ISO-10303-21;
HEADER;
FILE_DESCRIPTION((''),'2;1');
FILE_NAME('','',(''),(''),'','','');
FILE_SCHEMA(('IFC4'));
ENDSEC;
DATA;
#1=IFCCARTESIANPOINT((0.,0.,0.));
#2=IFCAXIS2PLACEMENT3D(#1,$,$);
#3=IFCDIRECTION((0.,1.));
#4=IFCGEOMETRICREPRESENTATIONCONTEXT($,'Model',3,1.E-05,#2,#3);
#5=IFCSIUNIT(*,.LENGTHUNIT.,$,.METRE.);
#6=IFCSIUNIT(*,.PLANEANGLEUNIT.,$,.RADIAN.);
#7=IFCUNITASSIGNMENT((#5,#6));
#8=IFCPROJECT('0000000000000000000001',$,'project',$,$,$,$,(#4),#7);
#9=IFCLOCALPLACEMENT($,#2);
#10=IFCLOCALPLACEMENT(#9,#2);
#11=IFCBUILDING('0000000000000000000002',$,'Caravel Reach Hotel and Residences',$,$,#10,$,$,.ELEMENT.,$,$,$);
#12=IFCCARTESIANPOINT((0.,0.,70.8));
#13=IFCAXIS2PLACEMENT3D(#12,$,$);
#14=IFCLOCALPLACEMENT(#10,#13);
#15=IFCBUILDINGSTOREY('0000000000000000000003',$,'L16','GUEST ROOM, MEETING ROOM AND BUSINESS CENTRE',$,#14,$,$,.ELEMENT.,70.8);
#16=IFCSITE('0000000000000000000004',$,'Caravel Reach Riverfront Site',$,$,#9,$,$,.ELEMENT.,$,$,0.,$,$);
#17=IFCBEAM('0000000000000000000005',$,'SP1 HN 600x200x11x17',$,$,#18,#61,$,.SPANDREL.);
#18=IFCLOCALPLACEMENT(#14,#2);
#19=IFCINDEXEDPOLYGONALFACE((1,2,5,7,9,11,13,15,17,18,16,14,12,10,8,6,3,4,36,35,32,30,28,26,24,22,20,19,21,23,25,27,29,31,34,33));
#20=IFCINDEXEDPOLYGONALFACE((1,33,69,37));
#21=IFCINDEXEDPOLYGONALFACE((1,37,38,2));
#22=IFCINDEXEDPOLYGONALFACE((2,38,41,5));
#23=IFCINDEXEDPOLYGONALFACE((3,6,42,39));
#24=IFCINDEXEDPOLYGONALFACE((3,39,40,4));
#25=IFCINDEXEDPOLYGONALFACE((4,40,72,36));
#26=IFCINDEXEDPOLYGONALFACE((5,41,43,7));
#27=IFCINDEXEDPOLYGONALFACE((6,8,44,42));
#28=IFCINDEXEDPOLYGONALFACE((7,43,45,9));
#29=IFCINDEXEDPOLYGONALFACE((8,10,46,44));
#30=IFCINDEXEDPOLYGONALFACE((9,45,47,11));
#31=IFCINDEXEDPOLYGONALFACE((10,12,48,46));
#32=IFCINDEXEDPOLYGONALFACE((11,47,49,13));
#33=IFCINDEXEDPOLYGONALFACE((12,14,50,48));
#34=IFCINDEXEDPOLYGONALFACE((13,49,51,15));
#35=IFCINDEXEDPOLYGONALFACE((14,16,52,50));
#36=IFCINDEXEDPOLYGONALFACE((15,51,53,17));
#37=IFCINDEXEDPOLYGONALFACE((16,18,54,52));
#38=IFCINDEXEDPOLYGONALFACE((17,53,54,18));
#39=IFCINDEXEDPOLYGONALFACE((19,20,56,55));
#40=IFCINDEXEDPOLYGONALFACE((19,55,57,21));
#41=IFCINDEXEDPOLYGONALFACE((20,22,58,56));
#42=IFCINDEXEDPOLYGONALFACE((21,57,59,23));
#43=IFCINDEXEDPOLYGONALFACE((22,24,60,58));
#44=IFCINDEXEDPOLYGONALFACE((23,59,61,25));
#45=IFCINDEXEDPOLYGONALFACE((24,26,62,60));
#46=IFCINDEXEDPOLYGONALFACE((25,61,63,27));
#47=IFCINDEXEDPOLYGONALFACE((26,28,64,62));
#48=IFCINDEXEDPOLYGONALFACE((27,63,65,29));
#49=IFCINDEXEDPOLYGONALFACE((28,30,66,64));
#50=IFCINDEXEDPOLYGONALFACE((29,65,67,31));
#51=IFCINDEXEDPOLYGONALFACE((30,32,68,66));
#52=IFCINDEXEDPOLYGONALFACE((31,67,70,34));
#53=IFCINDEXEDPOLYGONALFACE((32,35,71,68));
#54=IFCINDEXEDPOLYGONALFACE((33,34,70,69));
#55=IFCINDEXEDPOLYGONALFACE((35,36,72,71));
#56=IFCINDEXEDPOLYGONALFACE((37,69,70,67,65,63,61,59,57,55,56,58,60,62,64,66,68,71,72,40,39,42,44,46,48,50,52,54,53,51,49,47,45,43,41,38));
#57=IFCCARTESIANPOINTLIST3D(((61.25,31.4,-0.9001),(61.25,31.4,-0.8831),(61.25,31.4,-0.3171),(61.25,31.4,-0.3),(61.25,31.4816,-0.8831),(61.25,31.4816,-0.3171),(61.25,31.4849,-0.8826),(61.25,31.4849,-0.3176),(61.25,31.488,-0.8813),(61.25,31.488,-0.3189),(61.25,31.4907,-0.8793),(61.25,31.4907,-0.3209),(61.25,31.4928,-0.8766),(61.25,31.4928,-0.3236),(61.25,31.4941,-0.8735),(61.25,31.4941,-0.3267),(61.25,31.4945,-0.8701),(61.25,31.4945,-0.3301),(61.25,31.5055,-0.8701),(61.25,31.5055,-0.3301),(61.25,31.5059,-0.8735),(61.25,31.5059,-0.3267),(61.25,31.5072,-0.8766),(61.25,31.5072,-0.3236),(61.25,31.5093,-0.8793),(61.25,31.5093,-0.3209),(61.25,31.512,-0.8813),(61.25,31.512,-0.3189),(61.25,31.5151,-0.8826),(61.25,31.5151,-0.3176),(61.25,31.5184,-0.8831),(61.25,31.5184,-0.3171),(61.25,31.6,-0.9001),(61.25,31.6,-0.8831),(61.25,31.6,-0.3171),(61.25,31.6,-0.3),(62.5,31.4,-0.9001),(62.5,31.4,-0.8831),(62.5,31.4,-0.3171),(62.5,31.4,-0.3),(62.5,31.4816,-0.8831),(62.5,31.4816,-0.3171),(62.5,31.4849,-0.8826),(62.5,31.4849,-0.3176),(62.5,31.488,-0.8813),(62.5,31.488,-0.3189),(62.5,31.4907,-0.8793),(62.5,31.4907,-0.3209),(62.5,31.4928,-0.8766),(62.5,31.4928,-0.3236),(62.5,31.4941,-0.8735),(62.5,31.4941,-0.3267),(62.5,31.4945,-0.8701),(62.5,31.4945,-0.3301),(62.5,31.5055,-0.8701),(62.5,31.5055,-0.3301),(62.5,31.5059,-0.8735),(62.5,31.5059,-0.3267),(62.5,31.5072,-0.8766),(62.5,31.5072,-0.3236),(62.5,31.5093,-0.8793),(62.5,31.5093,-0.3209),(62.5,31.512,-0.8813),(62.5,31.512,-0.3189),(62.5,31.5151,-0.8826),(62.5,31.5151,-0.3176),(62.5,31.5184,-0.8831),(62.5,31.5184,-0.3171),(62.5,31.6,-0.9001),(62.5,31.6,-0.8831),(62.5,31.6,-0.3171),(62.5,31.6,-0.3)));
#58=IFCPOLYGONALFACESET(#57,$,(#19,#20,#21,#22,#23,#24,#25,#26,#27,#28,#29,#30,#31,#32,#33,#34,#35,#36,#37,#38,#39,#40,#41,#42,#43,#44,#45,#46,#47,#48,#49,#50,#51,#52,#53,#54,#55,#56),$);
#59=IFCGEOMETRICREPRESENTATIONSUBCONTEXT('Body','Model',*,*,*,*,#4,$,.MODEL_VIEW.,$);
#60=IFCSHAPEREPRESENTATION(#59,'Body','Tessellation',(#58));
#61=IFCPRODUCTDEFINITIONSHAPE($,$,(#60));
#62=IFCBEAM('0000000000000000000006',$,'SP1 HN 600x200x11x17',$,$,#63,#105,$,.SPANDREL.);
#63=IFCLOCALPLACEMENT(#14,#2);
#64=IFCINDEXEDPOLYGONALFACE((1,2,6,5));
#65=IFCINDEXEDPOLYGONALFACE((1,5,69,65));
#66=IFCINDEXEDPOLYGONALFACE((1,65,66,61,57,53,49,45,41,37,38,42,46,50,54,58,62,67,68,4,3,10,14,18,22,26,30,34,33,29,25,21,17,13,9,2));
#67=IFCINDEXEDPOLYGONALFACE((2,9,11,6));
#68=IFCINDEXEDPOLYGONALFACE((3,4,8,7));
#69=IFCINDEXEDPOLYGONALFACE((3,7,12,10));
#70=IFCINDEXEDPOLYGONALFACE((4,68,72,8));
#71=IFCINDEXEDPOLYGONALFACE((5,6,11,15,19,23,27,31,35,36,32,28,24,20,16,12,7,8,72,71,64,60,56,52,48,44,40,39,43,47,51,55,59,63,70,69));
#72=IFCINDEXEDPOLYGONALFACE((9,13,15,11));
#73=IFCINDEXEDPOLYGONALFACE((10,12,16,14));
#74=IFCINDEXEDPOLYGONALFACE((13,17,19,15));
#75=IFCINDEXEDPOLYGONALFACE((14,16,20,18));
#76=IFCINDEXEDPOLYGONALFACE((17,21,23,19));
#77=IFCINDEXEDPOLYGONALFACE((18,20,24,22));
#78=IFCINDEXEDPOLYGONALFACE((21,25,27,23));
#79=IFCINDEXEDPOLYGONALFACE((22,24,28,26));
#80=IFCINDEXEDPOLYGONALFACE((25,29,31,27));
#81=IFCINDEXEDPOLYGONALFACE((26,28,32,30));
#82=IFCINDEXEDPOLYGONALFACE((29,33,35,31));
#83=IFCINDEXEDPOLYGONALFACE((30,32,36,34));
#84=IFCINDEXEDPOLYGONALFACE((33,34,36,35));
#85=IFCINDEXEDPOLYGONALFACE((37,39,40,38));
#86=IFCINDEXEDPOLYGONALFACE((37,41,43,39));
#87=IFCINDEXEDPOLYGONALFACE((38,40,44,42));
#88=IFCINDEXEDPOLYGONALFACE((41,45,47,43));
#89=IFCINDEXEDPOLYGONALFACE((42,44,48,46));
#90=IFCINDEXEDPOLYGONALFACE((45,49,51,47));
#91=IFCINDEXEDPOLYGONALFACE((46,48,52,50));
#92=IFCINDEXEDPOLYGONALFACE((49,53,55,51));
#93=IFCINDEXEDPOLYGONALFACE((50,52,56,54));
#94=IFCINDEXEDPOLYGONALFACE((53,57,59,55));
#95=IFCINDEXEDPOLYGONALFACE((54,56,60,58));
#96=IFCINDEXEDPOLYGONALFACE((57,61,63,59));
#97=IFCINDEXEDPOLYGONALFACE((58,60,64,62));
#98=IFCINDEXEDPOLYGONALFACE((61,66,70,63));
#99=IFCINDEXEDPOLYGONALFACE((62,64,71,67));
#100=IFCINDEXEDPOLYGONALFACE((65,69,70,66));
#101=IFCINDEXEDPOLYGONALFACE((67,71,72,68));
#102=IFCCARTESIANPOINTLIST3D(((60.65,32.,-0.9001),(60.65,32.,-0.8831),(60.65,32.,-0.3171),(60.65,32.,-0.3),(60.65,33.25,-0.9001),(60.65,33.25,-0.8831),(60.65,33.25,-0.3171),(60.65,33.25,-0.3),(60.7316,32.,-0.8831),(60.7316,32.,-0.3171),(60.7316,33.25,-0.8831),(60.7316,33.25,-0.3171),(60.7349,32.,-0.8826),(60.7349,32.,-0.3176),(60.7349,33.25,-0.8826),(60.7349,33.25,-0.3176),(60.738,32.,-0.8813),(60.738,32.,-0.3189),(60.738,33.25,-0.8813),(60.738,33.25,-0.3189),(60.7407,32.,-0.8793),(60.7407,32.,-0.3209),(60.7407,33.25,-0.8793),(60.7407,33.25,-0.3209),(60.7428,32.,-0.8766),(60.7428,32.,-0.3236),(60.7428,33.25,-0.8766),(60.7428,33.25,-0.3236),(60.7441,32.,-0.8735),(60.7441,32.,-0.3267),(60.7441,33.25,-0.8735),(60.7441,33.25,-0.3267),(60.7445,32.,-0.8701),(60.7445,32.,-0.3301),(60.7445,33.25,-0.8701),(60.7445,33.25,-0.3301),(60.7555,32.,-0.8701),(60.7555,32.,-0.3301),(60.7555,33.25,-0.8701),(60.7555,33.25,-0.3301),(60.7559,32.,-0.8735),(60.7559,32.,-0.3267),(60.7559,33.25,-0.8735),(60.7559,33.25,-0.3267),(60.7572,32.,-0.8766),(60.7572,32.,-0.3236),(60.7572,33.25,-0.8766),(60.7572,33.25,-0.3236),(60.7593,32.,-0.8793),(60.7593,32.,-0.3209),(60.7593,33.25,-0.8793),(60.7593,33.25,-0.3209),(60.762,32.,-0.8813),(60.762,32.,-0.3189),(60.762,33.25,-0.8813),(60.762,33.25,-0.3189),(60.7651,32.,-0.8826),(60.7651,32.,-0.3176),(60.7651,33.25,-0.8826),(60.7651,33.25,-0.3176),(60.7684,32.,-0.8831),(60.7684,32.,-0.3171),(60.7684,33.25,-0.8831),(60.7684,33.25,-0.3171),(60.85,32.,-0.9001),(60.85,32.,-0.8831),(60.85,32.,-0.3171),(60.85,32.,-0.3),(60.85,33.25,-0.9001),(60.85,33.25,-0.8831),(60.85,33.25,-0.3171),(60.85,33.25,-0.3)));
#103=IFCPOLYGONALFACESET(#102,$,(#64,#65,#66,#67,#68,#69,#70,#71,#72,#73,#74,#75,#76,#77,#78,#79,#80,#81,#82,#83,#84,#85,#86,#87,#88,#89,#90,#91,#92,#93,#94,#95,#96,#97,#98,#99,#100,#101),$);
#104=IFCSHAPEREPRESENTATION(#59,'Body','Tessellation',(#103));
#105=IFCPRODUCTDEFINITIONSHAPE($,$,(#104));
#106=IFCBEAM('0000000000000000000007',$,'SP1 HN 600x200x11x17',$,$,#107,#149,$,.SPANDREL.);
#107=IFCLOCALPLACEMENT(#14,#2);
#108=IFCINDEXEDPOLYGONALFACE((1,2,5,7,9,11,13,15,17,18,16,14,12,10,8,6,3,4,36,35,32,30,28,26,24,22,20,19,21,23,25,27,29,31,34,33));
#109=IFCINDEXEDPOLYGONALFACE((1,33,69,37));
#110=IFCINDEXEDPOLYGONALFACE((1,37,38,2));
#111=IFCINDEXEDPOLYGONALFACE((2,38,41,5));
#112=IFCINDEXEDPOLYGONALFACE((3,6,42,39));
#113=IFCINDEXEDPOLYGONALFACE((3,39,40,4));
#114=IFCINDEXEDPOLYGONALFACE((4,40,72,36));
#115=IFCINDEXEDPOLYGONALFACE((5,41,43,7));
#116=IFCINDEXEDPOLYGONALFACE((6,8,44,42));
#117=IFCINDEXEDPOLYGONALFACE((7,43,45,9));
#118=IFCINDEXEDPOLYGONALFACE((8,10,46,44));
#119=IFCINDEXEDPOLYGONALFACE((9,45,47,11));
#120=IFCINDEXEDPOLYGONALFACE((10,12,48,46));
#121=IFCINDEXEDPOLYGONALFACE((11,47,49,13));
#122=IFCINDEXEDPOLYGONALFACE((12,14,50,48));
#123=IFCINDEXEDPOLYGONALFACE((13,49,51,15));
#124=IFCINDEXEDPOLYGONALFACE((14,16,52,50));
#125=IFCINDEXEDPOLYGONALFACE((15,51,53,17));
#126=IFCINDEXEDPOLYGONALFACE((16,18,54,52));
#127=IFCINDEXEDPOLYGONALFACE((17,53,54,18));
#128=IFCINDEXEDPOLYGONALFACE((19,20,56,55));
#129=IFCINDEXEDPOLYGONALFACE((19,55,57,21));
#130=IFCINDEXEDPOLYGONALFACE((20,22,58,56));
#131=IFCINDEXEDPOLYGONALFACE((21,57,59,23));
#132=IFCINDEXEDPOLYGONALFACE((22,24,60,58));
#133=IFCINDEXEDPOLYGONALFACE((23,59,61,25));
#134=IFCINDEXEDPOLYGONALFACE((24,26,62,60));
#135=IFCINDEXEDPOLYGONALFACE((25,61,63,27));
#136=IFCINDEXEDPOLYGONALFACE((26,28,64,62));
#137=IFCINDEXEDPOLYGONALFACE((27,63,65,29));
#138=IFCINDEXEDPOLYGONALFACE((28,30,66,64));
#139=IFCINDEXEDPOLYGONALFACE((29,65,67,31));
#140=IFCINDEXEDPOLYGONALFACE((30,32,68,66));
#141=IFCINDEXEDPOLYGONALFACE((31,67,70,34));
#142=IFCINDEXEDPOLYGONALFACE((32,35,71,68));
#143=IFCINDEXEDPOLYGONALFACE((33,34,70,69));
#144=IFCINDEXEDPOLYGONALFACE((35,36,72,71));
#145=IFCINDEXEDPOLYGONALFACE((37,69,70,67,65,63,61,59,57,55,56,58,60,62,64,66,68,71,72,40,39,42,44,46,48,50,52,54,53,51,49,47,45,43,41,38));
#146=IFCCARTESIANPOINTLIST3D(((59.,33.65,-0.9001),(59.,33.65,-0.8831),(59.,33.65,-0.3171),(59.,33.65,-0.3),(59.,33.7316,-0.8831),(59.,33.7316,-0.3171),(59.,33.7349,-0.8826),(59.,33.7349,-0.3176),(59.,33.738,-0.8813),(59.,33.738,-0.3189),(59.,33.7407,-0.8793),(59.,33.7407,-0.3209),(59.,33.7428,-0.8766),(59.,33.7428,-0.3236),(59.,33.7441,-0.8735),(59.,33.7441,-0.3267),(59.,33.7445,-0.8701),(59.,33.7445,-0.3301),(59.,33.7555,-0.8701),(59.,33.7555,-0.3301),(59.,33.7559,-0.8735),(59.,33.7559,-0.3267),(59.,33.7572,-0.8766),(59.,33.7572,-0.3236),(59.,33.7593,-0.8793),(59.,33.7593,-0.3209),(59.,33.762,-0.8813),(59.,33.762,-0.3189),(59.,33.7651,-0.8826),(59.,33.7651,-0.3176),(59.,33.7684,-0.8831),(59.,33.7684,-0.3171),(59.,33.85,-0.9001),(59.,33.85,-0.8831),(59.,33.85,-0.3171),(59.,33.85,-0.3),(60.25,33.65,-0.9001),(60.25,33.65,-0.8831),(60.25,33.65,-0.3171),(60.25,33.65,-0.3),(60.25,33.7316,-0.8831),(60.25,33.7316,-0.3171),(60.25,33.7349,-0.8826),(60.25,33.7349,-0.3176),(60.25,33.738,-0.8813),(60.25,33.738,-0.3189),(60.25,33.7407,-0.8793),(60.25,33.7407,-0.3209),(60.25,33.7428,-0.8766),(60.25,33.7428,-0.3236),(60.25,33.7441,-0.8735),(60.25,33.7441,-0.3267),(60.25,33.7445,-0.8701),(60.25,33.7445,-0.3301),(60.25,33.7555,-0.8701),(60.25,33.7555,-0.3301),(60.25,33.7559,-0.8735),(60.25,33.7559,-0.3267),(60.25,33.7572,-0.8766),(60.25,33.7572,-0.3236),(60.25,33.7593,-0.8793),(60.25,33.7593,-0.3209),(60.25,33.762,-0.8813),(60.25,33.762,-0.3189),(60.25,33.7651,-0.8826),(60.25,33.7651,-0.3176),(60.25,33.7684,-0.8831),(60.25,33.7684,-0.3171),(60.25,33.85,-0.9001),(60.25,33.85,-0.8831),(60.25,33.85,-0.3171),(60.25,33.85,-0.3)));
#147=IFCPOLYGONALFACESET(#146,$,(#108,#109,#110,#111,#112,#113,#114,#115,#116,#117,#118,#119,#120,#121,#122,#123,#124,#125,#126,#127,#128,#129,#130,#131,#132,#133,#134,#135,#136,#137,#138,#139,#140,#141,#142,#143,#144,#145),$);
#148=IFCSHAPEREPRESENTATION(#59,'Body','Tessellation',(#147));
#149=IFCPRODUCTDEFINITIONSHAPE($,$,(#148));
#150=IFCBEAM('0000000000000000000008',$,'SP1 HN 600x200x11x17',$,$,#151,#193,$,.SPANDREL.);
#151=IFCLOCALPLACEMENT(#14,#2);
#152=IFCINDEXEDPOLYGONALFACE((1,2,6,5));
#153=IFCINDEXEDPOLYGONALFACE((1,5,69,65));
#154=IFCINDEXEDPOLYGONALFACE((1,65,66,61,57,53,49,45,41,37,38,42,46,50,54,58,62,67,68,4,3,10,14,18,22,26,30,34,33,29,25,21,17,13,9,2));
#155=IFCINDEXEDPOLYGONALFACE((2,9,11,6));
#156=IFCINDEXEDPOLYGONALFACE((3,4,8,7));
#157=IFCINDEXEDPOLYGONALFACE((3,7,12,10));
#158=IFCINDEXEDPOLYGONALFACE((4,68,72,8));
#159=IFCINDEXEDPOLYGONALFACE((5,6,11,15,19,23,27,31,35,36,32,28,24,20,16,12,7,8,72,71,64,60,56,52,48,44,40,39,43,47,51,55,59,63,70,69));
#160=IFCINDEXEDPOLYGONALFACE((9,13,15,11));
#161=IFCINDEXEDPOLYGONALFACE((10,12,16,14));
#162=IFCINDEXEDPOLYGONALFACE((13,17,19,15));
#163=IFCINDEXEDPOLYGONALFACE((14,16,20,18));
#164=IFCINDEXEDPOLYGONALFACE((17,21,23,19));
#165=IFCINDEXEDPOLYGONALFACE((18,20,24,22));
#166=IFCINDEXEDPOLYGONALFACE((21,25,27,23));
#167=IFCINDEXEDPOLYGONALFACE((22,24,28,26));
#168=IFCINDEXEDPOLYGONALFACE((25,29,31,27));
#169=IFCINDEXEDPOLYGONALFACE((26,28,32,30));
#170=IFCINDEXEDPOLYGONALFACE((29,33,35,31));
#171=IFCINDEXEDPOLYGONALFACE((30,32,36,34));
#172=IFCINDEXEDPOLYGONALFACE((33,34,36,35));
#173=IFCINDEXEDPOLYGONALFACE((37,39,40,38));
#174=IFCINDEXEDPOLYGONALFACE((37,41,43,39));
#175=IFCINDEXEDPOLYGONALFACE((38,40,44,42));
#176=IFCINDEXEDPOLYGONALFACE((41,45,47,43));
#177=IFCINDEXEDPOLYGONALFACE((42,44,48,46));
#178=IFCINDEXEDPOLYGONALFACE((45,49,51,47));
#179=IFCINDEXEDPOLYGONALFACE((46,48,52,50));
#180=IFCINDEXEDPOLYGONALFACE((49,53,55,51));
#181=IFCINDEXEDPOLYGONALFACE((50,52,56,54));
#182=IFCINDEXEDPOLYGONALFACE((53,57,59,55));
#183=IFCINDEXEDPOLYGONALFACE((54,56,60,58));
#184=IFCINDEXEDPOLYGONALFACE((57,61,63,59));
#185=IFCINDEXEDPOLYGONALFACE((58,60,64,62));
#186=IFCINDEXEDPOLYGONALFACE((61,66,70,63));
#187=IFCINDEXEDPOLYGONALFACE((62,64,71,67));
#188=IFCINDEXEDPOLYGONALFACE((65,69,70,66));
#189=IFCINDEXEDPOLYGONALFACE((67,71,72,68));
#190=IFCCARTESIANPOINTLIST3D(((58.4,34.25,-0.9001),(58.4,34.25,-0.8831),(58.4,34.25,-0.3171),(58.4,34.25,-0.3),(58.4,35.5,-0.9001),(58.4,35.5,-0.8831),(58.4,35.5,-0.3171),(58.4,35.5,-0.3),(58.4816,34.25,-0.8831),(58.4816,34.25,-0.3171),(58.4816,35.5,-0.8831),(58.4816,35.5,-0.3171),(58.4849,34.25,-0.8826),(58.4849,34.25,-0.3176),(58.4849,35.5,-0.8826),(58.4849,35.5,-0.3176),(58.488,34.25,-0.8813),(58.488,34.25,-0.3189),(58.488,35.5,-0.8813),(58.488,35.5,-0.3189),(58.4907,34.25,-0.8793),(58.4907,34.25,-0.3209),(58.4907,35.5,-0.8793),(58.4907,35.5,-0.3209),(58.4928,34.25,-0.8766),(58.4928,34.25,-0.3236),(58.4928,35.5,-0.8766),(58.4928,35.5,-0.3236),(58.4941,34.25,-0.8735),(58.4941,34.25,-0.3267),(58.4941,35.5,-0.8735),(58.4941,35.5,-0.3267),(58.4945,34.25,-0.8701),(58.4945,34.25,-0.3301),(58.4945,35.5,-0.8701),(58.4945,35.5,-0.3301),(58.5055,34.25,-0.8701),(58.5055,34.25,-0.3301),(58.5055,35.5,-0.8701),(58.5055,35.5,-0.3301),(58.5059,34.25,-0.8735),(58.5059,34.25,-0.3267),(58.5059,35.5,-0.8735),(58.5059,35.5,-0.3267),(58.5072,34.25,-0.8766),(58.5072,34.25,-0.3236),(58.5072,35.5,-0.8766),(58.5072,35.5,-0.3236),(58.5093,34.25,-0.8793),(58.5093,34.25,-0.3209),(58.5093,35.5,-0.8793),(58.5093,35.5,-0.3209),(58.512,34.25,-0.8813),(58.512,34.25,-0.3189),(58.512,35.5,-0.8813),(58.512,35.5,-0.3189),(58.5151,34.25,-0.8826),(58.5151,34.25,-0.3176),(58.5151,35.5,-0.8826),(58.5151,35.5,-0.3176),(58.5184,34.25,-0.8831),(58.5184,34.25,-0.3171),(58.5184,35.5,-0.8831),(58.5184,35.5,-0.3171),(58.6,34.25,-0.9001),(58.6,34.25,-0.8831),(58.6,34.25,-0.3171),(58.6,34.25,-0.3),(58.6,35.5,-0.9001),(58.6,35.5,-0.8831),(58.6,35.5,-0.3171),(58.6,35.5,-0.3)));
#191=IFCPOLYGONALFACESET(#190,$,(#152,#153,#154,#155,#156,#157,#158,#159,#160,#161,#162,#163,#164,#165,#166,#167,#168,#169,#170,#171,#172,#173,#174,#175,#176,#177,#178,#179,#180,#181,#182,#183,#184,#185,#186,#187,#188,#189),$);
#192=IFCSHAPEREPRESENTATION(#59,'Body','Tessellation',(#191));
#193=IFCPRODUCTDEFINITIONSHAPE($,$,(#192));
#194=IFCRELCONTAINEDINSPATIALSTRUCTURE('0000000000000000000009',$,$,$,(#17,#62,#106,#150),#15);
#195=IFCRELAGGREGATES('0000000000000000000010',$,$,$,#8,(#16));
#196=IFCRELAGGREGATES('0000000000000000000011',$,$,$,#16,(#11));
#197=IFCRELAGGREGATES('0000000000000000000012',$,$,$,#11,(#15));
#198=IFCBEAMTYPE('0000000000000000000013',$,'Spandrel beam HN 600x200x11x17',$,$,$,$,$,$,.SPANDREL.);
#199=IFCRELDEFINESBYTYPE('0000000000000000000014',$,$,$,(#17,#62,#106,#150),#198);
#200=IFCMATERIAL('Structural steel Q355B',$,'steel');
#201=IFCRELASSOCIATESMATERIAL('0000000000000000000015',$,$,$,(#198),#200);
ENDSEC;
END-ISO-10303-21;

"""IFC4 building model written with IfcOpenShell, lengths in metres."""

from ifc_helpers import new_model, si_unit, direction, frame, origin, origin_2d, place, context, subcontext, project, spatial, i_section, extrude, material, material_profile, profile_set, type_object, element, save


model = new_model("IFC4")

# Units and contexts
model_context = context("Model", 3, precision=1e-05, world=origin(), true_north=direction((0.0, 1.0)))
body_context = subcontext(model_context, "Body", "Model", "MODEL_VIEW")
ifc_project = project(units=[si_unit("LENGTHUNIT", "METRE"), si_unit("PLANEANGLEUNIT", "RADIAN")], contexts=[model_context])

# Site, building, storey
site_placement = place(None, origin())
site = spatial("IfcSite", under=ifc_project, at=site_placement, Name="Caravel Reach Riverfront Site", CompositionType="ELEMENT", RefElevation=0.0)
building_placement = place(site_placement, origin())
building = spatial("IfcBuilding", under=site, at=building_placement, Name="Caravel Reach Hotel and Residences", CompositionType="ELEMENT")
storey_placement = place(building_placement, frame((0.0, 0.0, 70.8)))
storey = spatial("IfcBuildingStorey", under=building, at=storey_placement, Name="L16", Description="GUEST ROOM, MEETING ROOM AND BUSINESS CENTRE", CompositionType="ELEMENT", Elevation=70.8)

# Beams
ifc_material_1 = material(Name="Structural steel Q355B", Category="steel")
ifc_material_profile_1 = material_profile(ifc_material_1, i_section(OverallWidth=0.2, OverallDepth=0.6001, WebThickness=0.011, FlangeThickness=0.0171, FilletRadius=0.0129, at=origin_2d()), Name="HN 600x200x11x17")
ifc_profile_set_1 = profile_set([ifc_material_profile_1], Name="Structural steel Q355B")
beam_type_1 = type_object("IfcBeamType", Name="Spandrel beam HN 600x200x11x17", PredefinedType="SPANDREL", material=ifc_profile_set_1)
for number, where, z_axis, x_axis, name in (
    (1, (62.5, 31.5, -0.6001), (-1.0, 0.0, 0.0), (0.0, -1.0, 0.0), "SP1 HN 600x200x11x17"),
    (2, (60.75, 32.0, -0.6001), (0.0, 1.0, 0.0), (-1.0, 0.0, 0.0), "SP1 HN 600x200x11x17"),
    (3, (60.25, 33.75, -0.6001), (-1.0, 0.0, 0.0), (0.0, -1.0, 0.0), "SP1 HN 600x200x11x17"),
    (4, (58.5, 34.25, -0.6001), (0.0, 1.0, 0.0), (-1.0, 0.0, 0.0), "SP1 HN 600x200x11x17"),
):
    element("IfcBeam", number, at=place(storey_placement, frame(where, z_axis=z_axis, x_axis=x_axis)), inside=storey, type_object=beam_type_1, Name=name, PredefinedType="SPANDREL", context=body_context, shape_type="SweptSolid", body=[
        extrude(i_section(OverallWidth=0.2, OverallDepth=0.6001, WebThickness=0.011, FlangeThickness=0.0171, FilletRadius=0.0129, at=origin_2d()), origin(), (0.0, 0.0, 1.0), 1.25),
    ])

save(model, "model.ifc")
